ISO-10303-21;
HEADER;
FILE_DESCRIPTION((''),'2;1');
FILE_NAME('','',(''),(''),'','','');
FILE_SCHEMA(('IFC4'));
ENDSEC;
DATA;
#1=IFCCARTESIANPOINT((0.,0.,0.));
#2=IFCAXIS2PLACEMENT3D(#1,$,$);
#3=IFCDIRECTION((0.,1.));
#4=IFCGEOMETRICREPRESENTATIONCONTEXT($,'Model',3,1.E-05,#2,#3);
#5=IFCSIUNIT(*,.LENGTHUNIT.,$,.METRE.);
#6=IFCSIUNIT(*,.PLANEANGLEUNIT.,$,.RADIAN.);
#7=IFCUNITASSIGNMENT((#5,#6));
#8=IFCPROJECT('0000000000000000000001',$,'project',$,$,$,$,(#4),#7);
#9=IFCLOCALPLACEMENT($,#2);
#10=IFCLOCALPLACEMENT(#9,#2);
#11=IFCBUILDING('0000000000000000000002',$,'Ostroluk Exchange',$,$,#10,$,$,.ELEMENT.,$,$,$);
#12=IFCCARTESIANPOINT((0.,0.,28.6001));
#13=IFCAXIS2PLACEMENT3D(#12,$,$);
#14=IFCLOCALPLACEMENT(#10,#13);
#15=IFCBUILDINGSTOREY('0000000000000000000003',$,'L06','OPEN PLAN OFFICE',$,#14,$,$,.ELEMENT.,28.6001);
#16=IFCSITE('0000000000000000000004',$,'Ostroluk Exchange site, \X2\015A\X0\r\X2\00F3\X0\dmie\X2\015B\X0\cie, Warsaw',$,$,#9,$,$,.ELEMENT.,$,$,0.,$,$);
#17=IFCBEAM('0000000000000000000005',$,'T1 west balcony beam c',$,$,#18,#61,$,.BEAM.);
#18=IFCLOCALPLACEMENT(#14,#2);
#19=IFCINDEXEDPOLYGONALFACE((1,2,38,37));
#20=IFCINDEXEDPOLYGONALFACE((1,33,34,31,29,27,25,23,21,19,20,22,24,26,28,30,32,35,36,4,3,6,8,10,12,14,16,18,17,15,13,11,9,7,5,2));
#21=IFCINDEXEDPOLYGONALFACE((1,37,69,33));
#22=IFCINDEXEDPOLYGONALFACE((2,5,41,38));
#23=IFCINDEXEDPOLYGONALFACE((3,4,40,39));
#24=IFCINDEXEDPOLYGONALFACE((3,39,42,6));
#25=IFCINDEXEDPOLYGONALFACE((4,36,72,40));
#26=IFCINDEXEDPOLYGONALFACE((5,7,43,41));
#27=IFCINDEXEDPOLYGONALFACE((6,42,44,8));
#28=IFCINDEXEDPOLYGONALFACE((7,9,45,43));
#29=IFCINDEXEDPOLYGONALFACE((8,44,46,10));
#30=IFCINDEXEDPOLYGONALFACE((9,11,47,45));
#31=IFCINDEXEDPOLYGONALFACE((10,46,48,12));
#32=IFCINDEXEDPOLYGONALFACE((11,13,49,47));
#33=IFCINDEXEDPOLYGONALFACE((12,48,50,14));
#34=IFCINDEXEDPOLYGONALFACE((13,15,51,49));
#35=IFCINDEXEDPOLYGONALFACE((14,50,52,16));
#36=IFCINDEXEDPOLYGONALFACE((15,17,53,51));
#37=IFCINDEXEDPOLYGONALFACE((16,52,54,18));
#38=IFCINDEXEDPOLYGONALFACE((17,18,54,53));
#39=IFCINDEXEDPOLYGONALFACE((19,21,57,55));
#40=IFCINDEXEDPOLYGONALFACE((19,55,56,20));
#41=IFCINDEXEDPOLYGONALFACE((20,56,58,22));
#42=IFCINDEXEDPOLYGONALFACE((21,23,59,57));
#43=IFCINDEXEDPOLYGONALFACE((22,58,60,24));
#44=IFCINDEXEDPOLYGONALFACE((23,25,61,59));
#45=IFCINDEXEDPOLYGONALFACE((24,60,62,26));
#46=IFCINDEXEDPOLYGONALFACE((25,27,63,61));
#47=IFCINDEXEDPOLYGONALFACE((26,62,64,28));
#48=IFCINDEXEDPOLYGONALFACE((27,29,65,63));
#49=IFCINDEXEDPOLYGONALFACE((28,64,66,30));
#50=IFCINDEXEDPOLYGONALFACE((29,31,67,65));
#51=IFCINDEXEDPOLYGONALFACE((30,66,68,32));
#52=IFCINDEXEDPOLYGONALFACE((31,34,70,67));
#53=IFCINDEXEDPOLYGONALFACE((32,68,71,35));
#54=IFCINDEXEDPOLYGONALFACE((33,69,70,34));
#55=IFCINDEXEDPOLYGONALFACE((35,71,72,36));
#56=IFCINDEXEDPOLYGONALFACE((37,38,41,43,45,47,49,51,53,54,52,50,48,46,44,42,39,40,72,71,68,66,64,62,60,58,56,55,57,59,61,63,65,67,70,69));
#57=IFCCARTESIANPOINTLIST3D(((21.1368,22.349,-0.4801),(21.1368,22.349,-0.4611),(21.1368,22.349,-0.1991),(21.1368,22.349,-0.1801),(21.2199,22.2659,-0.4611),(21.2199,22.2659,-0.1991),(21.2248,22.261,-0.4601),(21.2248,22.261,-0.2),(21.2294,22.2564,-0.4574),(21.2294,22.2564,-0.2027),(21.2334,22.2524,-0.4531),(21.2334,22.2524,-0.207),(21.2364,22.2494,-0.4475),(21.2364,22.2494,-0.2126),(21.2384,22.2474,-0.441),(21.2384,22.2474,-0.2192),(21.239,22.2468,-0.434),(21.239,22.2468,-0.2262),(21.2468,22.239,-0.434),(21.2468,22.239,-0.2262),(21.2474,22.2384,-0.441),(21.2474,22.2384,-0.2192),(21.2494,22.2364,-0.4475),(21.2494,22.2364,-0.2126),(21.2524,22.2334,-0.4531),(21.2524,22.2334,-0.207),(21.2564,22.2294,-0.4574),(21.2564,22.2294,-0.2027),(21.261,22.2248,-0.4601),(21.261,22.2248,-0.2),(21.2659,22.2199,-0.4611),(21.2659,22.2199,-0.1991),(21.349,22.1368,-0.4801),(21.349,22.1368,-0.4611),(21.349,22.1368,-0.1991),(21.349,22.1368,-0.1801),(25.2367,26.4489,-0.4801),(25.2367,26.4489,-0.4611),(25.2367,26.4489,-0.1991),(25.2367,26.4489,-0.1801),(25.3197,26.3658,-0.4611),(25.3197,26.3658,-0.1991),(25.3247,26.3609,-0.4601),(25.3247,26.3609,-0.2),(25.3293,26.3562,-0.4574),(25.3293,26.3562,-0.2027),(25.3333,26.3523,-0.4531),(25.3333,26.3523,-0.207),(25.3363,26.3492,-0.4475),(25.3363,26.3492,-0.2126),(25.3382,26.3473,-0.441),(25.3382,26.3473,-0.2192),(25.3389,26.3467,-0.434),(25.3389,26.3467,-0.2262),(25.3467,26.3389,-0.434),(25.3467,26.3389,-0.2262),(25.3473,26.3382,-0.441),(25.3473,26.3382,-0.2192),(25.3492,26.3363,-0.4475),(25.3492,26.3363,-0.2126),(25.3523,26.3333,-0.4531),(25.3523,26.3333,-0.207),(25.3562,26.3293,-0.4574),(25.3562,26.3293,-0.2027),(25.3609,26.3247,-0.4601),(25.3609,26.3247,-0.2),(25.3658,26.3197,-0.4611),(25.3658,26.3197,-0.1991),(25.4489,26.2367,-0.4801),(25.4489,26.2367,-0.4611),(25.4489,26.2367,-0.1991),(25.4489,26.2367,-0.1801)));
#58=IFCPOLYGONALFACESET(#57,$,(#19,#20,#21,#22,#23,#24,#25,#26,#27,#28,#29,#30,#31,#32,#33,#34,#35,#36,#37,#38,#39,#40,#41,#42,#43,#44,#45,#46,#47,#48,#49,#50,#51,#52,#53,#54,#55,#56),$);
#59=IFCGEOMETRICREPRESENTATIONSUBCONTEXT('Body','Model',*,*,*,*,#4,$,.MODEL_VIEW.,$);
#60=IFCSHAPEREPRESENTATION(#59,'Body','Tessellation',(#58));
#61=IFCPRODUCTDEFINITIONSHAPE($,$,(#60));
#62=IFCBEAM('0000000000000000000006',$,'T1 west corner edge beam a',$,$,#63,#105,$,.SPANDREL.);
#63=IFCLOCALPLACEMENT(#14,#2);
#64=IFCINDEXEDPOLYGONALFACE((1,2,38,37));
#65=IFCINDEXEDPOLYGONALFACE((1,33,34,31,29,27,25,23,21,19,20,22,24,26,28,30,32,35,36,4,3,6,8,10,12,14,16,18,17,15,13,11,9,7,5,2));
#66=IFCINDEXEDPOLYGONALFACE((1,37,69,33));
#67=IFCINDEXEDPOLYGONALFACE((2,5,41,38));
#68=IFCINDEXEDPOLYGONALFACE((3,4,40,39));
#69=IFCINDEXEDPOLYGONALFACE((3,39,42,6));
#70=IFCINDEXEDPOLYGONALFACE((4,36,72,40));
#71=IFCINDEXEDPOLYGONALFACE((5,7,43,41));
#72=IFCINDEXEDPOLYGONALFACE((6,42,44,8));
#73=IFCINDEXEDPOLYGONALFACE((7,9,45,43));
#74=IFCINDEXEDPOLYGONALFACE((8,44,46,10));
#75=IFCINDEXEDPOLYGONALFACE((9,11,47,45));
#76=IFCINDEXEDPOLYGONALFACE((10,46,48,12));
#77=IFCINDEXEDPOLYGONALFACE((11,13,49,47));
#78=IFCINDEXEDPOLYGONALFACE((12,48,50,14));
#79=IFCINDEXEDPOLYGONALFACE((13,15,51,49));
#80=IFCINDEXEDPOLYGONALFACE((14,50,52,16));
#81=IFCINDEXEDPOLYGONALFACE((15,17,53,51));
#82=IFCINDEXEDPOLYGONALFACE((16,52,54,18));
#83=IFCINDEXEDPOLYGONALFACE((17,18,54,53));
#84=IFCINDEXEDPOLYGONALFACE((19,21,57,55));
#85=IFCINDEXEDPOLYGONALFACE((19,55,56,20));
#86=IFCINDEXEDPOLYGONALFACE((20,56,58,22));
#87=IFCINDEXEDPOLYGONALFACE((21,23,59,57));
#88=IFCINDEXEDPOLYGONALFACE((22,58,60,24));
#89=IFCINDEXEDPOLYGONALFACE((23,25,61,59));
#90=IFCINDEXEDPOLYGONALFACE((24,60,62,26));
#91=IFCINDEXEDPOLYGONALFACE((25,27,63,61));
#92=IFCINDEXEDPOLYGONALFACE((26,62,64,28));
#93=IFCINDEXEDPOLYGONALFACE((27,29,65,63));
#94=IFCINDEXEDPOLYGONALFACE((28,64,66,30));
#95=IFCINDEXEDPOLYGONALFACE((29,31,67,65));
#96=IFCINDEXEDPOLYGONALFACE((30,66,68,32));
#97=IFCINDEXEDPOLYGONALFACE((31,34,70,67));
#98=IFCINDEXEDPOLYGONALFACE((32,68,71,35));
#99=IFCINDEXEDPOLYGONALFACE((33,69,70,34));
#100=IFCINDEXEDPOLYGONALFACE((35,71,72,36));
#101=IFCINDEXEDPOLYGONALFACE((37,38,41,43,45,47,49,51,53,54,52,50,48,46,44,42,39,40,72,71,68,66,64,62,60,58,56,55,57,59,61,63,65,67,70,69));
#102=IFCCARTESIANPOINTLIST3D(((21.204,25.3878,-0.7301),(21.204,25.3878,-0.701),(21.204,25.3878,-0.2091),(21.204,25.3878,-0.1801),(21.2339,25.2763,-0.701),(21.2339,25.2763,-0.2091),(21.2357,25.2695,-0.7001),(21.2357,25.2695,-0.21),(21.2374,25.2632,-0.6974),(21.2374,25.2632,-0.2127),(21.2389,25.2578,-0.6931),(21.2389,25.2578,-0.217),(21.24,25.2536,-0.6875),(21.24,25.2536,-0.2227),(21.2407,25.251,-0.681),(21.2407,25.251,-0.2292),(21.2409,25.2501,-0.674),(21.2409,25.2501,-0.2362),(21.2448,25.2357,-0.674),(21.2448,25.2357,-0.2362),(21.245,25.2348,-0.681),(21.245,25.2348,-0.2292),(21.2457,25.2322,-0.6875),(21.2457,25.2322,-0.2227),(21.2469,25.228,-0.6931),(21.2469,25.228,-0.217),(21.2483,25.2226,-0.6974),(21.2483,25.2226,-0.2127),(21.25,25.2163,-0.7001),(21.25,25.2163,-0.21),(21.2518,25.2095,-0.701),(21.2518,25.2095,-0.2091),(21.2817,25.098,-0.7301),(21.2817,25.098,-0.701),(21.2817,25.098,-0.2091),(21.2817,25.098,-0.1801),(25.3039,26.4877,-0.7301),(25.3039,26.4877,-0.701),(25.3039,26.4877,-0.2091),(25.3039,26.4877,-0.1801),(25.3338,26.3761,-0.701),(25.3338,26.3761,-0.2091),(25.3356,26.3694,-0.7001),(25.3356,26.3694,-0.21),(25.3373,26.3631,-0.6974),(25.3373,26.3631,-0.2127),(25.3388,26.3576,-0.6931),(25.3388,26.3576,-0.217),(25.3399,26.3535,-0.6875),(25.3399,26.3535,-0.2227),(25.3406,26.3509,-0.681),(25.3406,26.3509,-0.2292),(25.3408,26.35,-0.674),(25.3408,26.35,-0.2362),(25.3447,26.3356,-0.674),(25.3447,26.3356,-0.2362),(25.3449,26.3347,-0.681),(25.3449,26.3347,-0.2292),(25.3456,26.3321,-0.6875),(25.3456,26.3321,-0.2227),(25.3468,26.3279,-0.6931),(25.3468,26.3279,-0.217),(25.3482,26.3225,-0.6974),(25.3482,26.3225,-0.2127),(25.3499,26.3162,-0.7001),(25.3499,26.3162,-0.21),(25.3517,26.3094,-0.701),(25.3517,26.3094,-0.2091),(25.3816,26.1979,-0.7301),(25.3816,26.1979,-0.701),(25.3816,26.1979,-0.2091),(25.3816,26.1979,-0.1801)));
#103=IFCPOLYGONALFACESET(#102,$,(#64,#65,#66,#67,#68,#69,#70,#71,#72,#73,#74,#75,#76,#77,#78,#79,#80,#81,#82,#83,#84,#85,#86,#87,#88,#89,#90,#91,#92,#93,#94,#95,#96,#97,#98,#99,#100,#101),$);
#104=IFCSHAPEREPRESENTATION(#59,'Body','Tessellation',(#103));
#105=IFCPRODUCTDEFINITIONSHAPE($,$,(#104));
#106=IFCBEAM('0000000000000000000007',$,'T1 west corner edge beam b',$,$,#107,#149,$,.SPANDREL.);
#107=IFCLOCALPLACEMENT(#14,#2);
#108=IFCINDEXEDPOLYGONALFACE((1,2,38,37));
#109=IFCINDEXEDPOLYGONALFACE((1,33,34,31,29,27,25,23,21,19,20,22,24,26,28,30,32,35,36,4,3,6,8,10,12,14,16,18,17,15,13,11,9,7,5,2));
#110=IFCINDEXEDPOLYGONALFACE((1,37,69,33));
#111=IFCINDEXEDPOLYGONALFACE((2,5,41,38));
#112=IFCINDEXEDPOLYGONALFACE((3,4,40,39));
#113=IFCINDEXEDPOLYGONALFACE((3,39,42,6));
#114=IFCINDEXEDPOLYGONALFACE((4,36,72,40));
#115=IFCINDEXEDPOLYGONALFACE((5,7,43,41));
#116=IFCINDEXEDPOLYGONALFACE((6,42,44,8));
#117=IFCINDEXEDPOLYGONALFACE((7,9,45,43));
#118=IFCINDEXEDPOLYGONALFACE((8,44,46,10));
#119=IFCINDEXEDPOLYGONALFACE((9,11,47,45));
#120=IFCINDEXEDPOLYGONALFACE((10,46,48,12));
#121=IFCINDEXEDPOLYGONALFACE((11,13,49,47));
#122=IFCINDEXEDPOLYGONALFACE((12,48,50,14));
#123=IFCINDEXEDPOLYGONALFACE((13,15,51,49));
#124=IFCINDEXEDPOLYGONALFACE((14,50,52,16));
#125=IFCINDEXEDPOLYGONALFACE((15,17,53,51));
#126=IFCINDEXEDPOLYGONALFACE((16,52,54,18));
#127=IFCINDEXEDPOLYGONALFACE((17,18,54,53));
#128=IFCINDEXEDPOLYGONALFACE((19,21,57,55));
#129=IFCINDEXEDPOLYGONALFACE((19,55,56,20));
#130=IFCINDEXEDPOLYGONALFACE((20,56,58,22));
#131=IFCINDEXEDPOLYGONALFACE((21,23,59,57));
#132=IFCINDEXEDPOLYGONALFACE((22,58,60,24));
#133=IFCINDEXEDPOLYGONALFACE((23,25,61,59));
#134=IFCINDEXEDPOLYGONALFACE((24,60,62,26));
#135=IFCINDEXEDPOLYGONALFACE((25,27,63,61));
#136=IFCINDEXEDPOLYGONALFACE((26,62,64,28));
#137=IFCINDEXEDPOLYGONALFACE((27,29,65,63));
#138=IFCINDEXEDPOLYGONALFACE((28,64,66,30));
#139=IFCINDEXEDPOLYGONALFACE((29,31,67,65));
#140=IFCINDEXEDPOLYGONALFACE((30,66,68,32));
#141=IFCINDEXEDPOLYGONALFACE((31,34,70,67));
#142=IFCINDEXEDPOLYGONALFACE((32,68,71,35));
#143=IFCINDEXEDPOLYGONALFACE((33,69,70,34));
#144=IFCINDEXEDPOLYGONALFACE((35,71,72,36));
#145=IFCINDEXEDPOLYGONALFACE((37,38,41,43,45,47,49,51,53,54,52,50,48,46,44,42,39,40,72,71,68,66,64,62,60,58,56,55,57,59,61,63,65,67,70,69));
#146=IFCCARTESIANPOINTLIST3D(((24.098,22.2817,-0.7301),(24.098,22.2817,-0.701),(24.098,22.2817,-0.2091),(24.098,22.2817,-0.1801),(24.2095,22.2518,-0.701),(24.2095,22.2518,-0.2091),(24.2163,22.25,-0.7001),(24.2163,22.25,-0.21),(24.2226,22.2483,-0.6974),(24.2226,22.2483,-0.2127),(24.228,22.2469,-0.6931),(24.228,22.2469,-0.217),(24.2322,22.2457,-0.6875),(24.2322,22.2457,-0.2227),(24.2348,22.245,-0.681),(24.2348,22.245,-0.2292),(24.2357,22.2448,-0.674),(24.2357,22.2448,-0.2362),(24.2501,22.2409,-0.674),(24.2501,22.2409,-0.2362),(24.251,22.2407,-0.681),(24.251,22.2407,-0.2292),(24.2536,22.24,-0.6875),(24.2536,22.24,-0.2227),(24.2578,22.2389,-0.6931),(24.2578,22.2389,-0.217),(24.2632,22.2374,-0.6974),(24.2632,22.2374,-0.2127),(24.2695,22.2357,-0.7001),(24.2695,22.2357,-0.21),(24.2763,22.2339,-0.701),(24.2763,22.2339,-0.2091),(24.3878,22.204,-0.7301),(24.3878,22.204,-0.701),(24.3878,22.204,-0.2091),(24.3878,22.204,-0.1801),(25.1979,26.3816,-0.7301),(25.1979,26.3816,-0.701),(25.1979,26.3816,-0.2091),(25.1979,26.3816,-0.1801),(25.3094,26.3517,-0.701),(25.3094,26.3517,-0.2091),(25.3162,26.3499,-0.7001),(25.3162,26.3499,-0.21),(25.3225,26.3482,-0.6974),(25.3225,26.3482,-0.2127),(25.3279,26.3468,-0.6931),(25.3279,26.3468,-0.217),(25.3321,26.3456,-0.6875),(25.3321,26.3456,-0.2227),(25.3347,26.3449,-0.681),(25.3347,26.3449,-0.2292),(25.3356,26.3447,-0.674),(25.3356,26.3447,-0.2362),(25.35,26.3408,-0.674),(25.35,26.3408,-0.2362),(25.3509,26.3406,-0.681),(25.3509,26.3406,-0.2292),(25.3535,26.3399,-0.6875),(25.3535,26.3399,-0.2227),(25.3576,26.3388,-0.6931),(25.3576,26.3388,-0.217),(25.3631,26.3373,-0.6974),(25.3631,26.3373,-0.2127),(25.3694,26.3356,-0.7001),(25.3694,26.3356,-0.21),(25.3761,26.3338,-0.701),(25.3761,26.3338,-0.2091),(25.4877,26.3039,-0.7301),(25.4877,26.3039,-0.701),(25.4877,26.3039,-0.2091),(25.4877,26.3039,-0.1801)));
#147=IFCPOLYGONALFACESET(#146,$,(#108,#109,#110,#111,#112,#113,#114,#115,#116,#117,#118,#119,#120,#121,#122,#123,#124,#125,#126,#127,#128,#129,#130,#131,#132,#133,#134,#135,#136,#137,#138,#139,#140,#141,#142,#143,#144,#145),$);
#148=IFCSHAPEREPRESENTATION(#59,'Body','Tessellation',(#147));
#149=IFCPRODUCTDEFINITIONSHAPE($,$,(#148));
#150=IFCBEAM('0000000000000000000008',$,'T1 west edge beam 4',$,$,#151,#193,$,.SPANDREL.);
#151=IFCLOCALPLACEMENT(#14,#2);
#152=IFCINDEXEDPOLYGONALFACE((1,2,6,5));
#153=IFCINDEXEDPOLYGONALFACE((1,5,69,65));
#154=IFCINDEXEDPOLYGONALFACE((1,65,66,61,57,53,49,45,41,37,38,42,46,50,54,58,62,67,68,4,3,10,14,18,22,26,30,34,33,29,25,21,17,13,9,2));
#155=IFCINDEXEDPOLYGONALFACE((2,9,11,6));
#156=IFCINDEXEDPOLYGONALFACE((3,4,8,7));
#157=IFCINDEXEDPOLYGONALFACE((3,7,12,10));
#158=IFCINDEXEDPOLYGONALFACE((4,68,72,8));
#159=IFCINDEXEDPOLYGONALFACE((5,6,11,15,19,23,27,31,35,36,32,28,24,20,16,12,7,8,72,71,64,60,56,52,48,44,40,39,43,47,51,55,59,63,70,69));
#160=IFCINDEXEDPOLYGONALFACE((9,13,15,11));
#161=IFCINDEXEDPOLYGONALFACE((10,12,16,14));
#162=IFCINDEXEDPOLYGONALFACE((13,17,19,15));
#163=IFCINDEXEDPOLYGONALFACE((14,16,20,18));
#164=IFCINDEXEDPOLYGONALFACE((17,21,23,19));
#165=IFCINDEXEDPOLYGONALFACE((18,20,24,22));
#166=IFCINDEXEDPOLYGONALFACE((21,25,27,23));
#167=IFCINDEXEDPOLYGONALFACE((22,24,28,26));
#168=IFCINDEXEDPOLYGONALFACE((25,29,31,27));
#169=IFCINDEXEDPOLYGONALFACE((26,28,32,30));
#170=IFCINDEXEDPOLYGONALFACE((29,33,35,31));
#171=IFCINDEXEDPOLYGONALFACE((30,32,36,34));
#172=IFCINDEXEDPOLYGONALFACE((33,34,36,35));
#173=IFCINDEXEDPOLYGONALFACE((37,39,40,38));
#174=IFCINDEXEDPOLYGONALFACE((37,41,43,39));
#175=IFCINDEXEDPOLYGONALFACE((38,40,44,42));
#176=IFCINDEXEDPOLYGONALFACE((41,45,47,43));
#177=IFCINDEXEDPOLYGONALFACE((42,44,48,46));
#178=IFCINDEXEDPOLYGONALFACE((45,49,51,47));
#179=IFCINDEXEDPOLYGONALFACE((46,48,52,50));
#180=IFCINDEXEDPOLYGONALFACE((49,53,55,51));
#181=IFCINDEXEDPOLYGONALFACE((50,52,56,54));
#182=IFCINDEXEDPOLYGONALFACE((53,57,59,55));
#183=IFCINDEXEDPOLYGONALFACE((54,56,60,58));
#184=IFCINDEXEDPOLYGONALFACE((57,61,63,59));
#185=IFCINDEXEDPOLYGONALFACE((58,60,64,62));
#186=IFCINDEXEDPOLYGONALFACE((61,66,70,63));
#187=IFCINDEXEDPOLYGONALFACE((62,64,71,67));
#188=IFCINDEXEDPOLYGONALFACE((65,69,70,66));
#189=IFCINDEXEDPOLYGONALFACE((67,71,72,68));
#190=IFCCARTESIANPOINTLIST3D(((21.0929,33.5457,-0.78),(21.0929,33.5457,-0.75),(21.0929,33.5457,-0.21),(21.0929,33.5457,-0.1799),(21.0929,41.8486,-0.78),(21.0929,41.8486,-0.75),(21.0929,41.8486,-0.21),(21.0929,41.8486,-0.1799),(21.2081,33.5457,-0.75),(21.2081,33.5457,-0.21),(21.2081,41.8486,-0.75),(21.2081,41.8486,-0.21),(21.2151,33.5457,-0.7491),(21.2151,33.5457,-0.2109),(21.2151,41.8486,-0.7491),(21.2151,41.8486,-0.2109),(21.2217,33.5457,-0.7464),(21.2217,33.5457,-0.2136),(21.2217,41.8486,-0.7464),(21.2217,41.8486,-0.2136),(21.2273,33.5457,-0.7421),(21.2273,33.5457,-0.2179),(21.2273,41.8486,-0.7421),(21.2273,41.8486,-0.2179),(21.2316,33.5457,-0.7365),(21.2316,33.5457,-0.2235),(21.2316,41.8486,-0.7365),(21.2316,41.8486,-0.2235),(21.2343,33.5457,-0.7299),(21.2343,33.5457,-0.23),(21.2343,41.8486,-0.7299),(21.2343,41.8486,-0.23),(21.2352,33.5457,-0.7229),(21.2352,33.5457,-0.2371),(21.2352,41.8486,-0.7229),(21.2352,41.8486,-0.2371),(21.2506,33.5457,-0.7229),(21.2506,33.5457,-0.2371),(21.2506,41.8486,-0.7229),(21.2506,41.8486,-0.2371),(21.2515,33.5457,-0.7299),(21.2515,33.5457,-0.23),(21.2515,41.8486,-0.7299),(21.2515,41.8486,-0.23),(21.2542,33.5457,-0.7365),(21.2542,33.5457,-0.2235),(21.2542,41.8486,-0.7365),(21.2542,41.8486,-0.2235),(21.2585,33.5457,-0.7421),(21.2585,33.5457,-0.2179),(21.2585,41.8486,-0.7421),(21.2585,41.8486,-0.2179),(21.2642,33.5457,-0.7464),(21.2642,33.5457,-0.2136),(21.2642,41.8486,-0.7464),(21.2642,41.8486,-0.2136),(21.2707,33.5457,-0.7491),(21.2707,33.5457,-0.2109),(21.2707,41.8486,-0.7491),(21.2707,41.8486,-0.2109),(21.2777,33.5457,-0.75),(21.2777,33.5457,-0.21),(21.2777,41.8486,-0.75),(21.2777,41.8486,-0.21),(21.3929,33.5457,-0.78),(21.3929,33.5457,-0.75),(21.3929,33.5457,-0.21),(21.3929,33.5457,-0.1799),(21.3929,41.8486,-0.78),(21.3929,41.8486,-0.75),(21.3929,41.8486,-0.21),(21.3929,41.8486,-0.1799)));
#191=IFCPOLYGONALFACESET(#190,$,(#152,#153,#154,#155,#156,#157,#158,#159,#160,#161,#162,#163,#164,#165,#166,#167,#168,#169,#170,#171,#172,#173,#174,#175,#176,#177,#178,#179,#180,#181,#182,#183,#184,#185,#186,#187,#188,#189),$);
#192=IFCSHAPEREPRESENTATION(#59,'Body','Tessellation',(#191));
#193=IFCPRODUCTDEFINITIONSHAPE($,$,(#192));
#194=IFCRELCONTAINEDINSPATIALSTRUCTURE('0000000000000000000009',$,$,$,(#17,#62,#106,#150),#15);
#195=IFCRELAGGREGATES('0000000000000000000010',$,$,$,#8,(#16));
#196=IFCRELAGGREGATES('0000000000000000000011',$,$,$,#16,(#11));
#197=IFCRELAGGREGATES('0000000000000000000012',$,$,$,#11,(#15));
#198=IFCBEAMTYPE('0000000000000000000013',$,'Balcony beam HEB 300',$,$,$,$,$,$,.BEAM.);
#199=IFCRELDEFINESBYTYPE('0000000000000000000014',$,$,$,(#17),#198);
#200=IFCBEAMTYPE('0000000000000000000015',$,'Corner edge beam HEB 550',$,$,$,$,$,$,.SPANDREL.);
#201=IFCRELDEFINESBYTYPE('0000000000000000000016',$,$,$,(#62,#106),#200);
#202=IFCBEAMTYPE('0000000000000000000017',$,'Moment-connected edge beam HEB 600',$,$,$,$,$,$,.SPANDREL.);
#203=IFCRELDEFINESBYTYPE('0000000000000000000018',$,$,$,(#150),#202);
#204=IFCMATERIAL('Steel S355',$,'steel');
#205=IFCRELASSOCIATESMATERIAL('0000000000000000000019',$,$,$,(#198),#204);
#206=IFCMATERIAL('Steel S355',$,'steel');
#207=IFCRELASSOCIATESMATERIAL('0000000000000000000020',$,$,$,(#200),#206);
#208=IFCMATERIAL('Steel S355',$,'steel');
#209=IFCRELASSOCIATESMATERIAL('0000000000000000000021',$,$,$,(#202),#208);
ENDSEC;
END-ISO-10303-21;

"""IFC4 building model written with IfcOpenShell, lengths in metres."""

from ifc_helpers import new_model, si_unit, direction, frame, origin, origin_2d, place, context, subcontext, project, spatial, i_section, extrude, material, material_profile, profile_set, type_object, element, save


model = new_model("IFC4")

# Units and contexts
model_context = context("Model", 3, precision=1e-05, world=origin(), true_north=direction((0.0, 1.0)))
body_context = subcontext(model_context, "Body", "Model", "MODEL_VIEW")
ifc_project = project(units=[si_unit("LENGTHUNIT", "METRE"), si_unit("PLANEANGLEUNIT", "RADIAN")], contexts=[model_context])

# Site, building, storey
site_placement = place(None, origin())
site = spatial("IfcSite", under=ifc_project, at=site_placement, Name="Ostroluk Exchange site, Śródmieście, Warsaw", CompositionType="ELEMENT", RefElevation=0.0)
building_placement = place(site_placement, origin())
building = spatial("IfcBuilding", under=site, at=building_placement, Name="Ostroluk Exchange", CompositionType="ELEMENT")
storey_placement = place(building_placement, frame((0.0, 0.0, 28.6001)))
storey = spatial("IfcBuildingStorey", under=building, at=storey_placement, Name="L06", Description="OPEN PLAN OFFICE", CompositionType="ELEMENT", Elevation=28.6001)

# Beams
ifc_material_1 = material(Name="Steel S355", Category="steel")
ifc_material_profile_1 = material_profile(ifc_material_1, i_section(OverallWidth=0.3, OverallDepth=0.3, WebThickness=0.011, FlangeThickness=0.019, FilletRadius=0.0271, at=origin_2d()), Name="HEB 300")
ifc_profile_set_1 = profile_set([ifc_material_profile_1], Name="Steel S355")
beam_type_1 = type_object("IfcBeamType", Name="Balcony beam HEB 300", PredefinedType="BEAM", material=ifc_profile_set_1)
beam_1_placement = place(storey_placement, frame((25.3428, 26.3428, -0.3301), z_axis=(-0.707107, -0.707107, 0.0), x_axis=(0.707107, -0.707107, 0.0)))
element("IfcBeam", 1, at=beam_1_placement, inside=storey, type_object=beam_type_1, Name="T1 west balcony beam c", PredefinedType="BEAM", context=body_context, shape_type="SweptSolid", body=[
    extrude(i_section(OverallWidth=0.3, OverallDepth=0.3, WebThickness=0.011, FlangeThickness=0.019, FilletRadius=0.0271, at=origin_2d()), origin(), (0.0, 0.0, 1.0), 5.7981),
])
ifc_material_2 = material(Name="Steel S355", Category="steel")
ifc_material_profile_2 = material_profile(ifc_material_2, i_section(OverallWidth=0.3, OverallDepth=0.55, WebThickness=0.0149, FlangeThickness=0.0291, FilletRadius=0.0271, at=origin_2d()), Name="HEB 550")
ifc_profile_set_2 = profile_set([ifc_material_profile_2], Name="Steel S355")
beam_type_2 = type_object("IfcBeamType", Name="Corner edge beam HEB 550", PredefinedType="SPANDREL", material=ifc_profile_set_2)
for number, where, z_axis, x_axis, name in (
    (2, (25.3428, 26.3428, -0.4551), (-0.965849, -0.259105, 0.0), (0.259105, -0.965849, 0.0), "T1 west corner edge beam a"),
    (3, (25.3428, 26.3428, -0.4551), (-0.259105, -0.965849, 0.0), (0.965849, -0.259105, 0.0), "T1 west corner edge beam b"),
):
    element("IfcBeam", number, at=place(storey_placement, frame(where, z_axis=z_axis, x_axis=x_axis)), inside=storey, type_object=beam_type_2, Name=name, PredefinedType="SPANDREL", context=body_context, shape_type="SweptSolid", body=[
        extrude(i_section(OverallWidth=0.3, OverallDepth=0.55, WebThickness=0.0149, FlangeThickness=0.0291, FilletRadius=0.0271, at=origin_2d()), origin(), (0.0, 0.0, 1.0), 4.2449),
    ])
ifc_material_3 = material(Name="Steel S355", Category="steel")
ifc_material_profile_3 = material_profile(ifc_material_3, i_section(OverallWidth=0.3, OverallDepth=0.6001, WebThickness=0.0154, FlangeThickness=0.03, FilletRadius=0.0271, at=origin_2d()), Name="HEB 600")
ifc_profile_set_3 = profile_set([ifc_material_profile_3], Name="Steel S355")
beam_type_3 = type_object("IfcBeamType", Name="Moment-connected edge beam HEB 600", PredefinedType="SPANDREL", material=ifc_profile_set_3)
beam_2_placement = place(storey_placement, frame((21.2429, 41.8486, -0.48), z_axis=(0.0, -1.0, 0.0), x_axis=(1.0, 0.0, 0.0)))
element("IfcBeam", 4, at=beam_2_placement, inside=storey, type_object=beam_type_3, Name="T1 west edge beam 4", PredefinedType="SPANDREL", context=body_context, shape_type="SweptSolid", body=[
    extrude(i_section(OverallWidth=0.3, OverallDepth=0.6001, WebThickness=0.0154, FlangeThickness=0.03, FilletRadius=0.0271, at=origin_2d()), origin(), (0.0, 0.0, 1.0), 8.303),
])

save(model, "model.ifc")
